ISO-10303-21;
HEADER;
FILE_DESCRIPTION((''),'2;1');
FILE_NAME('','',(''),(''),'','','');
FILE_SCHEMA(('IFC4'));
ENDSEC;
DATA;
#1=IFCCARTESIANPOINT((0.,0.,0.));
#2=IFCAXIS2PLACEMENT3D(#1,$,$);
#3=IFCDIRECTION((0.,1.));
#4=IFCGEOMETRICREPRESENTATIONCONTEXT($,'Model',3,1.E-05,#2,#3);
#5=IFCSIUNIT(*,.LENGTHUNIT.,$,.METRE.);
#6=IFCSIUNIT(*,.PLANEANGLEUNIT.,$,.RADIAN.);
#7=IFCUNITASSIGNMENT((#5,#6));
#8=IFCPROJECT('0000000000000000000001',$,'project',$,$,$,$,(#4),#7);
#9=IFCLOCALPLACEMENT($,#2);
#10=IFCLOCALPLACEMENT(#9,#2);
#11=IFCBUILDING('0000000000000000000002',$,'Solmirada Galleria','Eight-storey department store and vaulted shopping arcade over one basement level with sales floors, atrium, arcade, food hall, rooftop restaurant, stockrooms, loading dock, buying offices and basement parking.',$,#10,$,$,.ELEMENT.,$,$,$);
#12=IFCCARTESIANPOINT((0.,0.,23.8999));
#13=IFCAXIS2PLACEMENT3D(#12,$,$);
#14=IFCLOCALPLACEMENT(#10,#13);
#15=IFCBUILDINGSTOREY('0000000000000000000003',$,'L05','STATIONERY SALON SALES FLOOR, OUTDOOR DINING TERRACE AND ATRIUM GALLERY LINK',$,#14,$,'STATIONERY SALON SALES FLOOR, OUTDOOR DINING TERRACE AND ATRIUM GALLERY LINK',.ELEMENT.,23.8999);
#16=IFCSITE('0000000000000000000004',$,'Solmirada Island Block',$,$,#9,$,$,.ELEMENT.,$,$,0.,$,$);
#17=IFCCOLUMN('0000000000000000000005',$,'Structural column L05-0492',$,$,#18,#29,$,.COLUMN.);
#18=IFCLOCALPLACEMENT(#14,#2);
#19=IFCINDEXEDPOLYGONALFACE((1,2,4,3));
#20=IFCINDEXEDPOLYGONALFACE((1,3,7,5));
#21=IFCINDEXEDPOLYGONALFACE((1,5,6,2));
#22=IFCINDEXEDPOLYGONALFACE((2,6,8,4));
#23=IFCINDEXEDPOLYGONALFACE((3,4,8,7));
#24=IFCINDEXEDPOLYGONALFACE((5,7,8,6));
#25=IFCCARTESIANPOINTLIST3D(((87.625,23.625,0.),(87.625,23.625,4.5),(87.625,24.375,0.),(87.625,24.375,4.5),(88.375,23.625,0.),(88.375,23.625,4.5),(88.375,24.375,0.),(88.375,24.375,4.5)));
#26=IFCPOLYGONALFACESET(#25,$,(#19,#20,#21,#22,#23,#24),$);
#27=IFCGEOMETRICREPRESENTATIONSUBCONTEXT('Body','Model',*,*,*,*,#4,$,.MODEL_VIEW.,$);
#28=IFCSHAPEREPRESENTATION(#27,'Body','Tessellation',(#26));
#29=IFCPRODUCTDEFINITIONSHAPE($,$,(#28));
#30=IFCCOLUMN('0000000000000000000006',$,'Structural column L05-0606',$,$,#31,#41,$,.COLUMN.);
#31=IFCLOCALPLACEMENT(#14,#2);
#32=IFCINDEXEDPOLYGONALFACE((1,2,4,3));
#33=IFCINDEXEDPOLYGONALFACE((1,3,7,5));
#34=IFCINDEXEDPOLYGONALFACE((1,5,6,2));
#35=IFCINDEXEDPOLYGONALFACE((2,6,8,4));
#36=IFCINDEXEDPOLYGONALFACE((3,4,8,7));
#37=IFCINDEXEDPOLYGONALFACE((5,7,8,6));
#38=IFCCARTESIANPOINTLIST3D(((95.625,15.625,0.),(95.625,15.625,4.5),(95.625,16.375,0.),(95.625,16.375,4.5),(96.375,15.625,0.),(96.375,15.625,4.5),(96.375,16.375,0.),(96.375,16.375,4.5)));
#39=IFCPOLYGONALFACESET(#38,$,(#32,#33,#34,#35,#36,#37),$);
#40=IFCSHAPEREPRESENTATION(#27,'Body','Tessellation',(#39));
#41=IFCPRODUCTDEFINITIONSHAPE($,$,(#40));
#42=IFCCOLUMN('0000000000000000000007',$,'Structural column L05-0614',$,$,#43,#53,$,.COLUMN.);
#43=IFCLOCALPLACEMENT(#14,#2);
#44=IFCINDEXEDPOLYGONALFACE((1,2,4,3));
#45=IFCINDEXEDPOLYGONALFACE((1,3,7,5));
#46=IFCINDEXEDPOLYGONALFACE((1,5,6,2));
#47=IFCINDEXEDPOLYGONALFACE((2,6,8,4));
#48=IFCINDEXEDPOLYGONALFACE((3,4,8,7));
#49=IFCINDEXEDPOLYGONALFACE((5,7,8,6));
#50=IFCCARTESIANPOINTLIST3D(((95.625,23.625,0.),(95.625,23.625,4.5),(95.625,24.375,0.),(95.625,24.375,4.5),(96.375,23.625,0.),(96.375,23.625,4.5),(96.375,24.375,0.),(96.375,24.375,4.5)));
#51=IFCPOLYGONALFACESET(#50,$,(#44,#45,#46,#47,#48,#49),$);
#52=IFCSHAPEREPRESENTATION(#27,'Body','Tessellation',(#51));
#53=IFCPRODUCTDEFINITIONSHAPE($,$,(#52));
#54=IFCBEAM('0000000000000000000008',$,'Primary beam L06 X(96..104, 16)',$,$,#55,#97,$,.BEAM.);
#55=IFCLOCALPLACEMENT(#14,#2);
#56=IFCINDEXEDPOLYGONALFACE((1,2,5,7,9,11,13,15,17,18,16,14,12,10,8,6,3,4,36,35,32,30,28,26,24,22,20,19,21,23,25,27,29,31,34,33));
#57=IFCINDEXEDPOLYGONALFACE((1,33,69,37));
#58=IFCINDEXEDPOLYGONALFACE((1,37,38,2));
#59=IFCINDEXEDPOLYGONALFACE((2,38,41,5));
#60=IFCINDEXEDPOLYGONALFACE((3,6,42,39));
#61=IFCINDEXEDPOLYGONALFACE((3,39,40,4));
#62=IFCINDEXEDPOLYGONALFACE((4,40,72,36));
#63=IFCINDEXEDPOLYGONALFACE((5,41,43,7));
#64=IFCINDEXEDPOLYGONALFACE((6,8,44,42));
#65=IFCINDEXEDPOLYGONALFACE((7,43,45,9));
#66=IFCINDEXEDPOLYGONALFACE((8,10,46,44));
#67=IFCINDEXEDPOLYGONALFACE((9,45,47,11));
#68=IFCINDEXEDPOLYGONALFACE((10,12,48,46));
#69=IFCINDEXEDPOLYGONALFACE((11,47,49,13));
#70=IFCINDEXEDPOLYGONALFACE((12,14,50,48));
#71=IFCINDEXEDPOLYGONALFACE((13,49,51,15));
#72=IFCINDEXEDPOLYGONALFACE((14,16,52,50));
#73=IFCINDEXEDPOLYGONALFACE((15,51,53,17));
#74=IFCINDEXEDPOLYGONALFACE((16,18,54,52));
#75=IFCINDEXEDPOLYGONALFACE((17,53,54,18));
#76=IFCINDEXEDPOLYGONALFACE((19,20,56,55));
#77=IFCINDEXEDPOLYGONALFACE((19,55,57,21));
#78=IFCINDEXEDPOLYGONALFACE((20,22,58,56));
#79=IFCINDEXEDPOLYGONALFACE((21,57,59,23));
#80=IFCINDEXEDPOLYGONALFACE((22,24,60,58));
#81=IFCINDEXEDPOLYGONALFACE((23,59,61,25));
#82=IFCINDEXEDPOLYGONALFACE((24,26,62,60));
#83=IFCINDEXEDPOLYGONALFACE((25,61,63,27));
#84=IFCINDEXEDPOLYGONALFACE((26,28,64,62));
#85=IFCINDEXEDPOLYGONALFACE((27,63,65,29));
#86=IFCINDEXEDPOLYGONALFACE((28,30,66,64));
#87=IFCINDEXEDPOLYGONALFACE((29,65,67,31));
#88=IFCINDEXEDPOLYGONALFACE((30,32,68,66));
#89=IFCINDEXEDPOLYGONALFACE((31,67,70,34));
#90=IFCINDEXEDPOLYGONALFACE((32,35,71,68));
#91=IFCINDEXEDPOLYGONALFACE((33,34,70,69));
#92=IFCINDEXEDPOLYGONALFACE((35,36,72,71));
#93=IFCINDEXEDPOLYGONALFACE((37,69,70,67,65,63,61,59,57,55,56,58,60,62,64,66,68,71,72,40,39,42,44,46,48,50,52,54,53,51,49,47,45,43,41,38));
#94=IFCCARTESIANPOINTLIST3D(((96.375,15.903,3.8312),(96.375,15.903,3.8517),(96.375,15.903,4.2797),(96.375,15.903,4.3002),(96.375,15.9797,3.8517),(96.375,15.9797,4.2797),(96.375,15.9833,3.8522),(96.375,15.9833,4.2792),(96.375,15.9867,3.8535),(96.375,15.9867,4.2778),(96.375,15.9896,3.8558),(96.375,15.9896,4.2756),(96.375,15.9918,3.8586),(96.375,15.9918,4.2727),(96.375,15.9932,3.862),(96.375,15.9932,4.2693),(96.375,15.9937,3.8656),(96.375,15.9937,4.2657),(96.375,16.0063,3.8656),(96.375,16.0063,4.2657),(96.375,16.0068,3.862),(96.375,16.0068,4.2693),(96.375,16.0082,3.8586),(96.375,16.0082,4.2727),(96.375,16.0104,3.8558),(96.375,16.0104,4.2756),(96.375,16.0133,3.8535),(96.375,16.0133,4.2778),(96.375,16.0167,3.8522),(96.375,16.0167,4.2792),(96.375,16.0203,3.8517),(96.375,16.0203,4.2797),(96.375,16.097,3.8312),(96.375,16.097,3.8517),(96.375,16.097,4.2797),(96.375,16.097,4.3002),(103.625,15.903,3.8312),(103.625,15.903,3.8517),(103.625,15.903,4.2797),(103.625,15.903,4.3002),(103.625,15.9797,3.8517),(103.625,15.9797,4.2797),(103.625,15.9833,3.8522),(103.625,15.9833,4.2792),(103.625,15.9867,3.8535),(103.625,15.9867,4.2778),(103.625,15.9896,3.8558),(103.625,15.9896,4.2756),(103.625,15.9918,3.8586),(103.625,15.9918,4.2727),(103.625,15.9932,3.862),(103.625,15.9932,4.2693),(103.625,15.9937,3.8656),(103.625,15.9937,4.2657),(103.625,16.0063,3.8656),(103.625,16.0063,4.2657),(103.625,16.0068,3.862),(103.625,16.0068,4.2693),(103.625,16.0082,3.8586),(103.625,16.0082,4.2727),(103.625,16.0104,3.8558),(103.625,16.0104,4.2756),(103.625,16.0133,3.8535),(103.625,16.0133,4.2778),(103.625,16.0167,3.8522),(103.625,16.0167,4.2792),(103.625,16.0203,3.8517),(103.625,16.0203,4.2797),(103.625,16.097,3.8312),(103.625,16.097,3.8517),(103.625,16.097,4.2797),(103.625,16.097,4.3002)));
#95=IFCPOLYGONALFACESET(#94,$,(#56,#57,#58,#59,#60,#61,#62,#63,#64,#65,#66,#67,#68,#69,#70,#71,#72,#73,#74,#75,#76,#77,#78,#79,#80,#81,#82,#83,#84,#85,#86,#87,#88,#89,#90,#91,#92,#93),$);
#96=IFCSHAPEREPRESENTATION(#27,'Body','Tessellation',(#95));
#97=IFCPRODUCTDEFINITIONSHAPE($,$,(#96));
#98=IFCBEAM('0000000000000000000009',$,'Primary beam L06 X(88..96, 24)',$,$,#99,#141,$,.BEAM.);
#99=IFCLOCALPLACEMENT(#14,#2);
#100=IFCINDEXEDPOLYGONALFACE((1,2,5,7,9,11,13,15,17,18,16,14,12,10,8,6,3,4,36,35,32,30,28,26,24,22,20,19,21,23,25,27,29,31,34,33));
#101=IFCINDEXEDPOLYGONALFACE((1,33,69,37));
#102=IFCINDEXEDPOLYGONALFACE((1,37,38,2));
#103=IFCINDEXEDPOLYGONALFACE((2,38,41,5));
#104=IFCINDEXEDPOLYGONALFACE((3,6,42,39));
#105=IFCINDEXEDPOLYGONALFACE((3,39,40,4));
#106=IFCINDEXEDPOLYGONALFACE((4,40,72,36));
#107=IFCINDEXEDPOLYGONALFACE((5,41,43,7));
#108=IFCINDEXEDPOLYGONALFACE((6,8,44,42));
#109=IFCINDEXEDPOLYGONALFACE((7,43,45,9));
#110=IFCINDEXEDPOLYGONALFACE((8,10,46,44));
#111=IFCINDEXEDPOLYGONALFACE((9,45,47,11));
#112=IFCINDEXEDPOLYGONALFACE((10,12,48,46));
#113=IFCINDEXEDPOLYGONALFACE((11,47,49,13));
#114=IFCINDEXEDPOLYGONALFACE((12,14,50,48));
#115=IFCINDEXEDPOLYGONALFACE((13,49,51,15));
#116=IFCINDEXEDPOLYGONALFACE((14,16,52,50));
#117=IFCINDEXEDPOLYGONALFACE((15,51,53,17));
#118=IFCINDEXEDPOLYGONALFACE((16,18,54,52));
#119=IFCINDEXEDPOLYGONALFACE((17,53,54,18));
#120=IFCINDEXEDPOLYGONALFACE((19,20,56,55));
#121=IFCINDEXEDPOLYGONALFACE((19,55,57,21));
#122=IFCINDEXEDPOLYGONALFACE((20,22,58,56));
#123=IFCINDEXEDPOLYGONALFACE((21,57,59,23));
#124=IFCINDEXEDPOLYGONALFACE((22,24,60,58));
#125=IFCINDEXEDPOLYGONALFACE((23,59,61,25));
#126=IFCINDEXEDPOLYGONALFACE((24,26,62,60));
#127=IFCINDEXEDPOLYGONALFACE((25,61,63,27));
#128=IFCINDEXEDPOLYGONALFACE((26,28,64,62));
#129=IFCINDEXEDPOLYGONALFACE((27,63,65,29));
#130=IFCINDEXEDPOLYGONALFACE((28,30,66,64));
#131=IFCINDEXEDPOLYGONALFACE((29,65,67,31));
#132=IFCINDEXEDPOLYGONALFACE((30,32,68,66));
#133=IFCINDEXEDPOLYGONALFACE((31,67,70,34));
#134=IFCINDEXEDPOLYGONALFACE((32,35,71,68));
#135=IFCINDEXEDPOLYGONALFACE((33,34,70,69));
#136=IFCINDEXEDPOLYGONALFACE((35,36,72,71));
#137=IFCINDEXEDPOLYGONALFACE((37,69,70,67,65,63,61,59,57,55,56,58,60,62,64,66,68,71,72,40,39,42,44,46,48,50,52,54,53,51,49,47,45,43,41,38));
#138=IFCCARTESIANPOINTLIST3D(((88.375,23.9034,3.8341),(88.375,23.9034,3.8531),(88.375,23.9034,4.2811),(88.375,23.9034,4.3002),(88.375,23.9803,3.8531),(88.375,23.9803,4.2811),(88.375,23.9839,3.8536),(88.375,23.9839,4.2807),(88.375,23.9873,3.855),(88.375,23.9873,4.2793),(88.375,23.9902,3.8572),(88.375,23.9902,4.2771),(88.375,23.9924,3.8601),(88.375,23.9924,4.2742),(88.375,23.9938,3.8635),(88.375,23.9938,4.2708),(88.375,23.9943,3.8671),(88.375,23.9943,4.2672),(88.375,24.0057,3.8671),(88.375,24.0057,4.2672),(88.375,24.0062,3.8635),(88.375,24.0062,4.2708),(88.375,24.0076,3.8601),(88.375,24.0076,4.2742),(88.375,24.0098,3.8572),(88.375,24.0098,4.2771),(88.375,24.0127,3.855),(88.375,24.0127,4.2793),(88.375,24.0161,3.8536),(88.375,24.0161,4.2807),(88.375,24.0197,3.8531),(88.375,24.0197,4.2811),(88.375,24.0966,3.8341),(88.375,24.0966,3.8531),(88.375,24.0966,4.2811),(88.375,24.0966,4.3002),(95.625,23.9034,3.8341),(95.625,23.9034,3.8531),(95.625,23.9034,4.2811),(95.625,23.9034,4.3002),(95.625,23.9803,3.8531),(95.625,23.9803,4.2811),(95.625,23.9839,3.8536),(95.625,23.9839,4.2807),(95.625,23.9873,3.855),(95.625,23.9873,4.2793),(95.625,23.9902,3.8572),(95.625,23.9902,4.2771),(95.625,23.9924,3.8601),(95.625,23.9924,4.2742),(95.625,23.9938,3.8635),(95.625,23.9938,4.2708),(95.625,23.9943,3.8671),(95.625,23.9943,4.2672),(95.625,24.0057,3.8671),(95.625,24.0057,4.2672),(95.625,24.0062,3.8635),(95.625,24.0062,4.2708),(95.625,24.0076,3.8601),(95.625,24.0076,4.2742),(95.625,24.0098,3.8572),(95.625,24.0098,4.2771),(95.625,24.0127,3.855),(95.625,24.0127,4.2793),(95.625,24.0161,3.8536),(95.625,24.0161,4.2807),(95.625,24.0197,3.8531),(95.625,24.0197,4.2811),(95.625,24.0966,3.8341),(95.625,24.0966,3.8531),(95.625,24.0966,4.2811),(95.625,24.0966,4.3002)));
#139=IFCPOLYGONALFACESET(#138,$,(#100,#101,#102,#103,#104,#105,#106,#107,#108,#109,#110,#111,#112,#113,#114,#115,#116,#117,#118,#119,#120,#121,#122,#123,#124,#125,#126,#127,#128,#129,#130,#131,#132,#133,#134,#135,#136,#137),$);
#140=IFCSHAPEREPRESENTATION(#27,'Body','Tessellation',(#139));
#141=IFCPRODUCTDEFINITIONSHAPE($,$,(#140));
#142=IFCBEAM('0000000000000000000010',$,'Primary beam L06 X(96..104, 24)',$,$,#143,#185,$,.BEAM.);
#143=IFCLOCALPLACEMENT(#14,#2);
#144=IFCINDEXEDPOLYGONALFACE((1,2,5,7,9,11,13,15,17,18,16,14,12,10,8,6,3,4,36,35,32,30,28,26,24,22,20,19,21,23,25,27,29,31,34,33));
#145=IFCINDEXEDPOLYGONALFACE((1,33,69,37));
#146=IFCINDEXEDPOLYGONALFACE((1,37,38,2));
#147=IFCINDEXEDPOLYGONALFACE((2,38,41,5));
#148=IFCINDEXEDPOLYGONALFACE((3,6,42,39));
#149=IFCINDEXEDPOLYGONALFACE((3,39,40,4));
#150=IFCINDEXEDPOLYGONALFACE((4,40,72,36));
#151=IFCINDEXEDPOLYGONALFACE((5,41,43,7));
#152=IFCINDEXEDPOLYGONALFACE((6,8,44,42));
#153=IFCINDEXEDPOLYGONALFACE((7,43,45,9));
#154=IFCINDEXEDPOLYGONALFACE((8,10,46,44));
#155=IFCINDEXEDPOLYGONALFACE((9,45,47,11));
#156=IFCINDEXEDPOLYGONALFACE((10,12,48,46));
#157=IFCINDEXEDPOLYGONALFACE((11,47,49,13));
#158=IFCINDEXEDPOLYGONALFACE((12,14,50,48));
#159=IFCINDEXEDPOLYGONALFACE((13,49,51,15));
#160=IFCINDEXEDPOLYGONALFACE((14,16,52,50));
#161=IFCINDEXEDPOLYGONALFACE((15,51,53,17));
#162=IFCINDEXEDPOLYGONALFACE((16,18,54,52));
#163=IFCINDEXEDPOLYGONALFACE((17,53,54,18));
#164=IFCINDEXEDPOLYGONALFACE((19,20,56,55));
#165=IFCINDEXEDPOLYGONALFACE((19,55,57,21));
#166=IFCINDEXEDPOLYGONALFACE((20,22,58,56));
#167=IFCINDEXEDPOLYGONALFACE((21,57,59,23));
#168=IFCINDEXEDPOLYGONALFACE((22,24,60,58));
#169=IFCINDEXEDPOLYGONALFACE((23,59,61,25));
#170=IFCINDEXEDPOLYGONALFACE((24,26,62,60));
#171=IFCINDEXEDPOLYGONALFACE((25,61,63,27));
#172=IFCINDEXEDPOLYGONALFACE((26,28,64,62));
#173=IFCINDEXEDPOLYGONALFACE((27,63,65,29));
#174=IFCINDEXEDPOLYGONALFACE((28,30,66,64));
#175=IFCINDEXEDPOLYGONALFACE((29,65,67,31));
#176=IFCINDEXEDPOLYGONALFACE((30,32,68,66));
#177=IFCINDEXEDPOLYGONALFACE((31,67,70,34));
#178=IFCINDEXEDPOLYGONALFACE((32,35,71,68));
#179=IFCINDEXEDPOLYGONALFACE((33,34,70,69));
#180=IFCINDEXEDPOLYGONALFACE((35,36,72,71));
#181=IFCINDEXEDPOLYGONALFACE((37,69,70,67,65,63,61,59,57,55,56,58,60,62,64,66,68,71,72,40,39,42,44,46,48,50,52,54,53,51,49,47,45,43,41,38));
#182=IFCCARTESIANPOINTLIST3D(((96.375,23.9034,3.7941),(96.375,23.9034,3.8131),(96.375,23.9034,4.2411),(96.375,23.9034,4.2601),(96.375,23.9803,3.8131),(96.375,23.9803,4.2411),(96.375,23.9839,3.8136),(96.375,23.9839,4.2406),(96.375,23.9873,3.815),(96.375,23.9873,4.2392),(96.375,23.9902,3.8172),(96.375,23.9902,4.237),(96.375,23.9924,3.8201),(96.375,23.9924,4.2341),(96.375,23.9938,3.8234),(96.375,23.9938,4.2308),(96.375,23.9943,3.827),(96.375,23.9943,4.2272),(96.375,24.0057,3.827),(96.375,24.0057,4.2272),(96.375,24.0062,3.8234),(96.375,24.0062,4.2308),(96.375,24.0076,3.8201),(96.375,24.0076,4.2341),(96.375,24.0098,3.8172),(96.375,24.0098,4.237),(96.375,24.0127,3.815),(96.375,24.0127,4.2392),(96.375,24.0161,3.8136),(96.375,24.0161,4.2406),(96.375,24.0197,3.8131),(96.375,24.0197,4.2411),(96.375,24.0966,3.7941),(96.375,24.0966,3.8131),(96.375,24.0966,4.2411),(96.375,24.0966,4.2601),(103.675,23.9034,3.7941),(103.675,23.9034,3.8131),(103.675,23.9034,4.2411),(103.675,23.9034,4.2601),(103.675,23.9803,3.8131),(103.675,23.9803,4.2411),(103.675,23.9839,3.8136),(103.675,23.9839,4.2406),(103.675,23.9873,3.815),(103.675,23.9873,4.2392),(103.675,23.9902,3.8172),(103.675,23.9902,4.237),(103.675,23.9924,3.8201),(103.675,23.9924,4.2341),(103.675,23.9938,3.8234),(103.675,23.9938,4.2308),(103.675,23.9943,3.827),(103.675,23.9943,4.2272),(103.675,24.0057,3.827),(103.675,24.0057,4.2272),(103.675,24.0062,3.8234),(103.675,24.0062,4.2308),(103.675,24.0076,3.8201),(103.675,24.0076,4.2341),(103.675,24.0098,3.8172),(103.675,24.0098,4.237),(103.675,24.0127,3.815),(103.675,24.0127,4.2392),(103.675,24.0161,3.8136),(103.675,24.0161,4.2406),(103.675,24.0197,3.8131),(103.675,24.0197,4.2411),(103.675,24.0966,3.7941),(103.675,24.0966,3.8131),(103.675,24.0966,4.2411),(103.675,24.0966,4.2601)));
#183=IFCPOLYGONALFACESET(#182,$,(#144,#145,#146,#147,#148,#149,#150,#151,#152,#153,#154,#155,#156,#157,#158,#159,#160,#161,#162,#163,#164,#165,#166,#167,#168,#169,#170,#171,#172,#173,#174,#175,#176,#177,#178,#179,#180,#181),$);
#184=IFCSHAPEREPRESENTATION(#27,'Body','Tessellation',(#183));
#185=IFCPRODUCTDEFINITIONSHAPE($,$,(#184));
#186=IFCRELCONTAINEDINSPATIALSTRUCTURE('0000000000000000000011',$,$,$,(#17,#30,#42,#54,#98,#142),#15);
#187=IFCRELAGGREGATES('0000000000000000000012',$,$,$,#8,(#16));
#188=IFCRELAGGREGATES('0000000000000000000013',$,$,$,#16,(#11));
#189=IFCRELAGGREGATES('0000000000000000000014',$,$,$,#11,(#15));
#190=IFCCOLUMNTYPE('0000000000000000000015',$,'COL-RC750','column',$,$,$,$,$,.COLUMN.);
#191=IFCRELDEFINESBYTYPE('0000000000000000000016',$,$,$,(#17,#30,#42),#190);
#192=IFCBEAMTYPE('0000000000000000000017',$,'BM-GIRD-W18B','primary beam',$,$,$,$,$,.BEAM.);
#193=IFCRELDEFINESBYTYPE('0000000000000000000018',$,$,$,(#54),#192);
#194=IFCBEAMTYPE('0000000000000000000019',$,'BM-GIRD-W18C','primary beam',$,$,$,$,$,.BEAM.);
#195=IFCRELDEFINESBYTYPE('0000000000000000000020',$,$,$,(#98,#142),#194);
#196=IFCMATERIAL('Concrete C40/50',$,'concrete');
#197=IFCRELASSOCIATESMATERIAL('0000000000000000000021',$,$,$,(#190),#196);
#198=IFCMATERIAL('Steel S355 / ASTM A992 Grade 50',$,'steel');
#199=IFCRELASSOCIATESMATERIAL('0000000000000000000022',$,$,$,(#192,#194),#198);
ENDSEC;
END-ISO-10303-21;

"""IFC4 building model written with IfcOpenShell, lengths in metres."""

from ifc_helpers import new_model, si_unit, direction, frame, origin, origin_2d, place, context, subcontext, project, spatial, rectangle, i_section, extrude, material, material_profile, profile_set, type_object, element, save


model = new_model("IFC4")

# Units and contexts
model_context = context("Model", 3, precision=1e-05, world=origin(), true_north=direction((0.0, 1.0)))
body_context = subcontext(model_context, "Body", "Model", "MODEL_VIEW")
ifc_project = project(units=[si_unit("LENGTHUNIT", "METRE"), si_unit("PLANEANGLEUNIT", "RADIAN")], contexts=[model_context])

# Site, building, storey
site_placement = place(None, origin())
site = spatial("IfcSite", under=ifc_project, at=site_placement, Name="Solmirada Island Block", CompositionType="ELEMENT", RefElevation=0.0)
building_placement = place(site_placement, origin())
building = spatial("IfcBuilding", under=site, at=building_placement, Name="Solmirada Galleria", Description="Eight-storey department store and vaulted shopping arcade over one basement level with sales floors, atrium, arcade, food hall, rooftop restaurant, stockrooms, loading dock, buying offices and basement parking.", CompositionType="ELEMENT")
storey_placement = place(building_placement, frame((0.0, 0.0, 23.8999)))
storey = spatial("IfcBuildingStorey", under=building, at=storey_placement, Name="L05", Description="STATIONERY SALON SALES FLOOR, OUTDOOR DINING TERRACE AND ATRIUM GALLERY LINK", LongName="STATIONERY SALON SALES FLOOR, OUTDOOR DINING TERRACE AND ATRIUM GALLERY LINK", CompositionType="ELEMENT", Elevation=23.8999)

# Columns
ifc_material_1 = material(Name="Concrete C40/50", Category="concrete")
ifc_material_profile_1 = material_profile(ifc_material_1, rectangle(XDim=0.75, YDim=0.75, at=origin_2d()), Name="RC750X750")
ifc_profile_set_1 = profile_set([ifc_material_profile_1], Name="Concrete C40/50")
column_type = type_object("IfcColumnType", Name="COL-RC750", Description="column", PredefinedType="COLUMN", material=ifc_profile_set_1)
for number, where, z_axis, x_axis, name in (
    (1, (88.0, 24.0, 0.0), (0.0, 0.0, 1.0), (1.0, 0.0, 0.0), "Structural column L05-0492"),
    (2, (96.0, 16.0, 0.0), (0.0, 0.0, 1.0), (1.0, 0.0, 0.0), "Structural column L05-0606"),
    (3, (96.0, 24.0, 0.0), (0.0, 0.0, 1.0), (1.0, 0.0, 0.0), "Structural column L05-0614"),
):
    element("IfcColumn", number, at=place(storey_placement, frame(where, z_axis=z_axis, x_axis=x_axis)), inside=storey, type_object=column_type, Name=name, PredefinedType="COLUMN", context=body_context, shape_type="SweptSolid", body=[
        extrude(rectangle(XDim=0.75, YDim=0.75, at=origin_2d()), origin(), (0.0, 0.0, 1.0), 4.5),
    ])

# Beams
ifc_material_2 = material(Name="Steel S355 / ASTM A992 Grade 50", Category="steel")
ifc_material_profile_2 = material_profile(ifc_material_2, i_section(OverallWidth=0.1941, OverallDepth=0.469, WebThickness=0.0127, FlangeThickness=0.0205, FilletRadius=0.0139, at=origin_2d()), Name="W18X71")
ifc_profile_set_2 = profile_set([ifc_material_profile_2], Name="Steel S355 / ASTM A992 Grade 50")
beam_type_1 = type_object("IfcBeamType", Name="BM-GIRD-W18B", Description="primary beam", PredefinedType="BEAM", material=ifc_profile_set_2)
beam_1_placement = place(storey_placement, frame((96.375, 16.0, 4.0657), z_axis=(1.0, 0.0, 0.0), x_axis=(0.0, 1.0, 0.0)))
element("IfcBeam", 4, at=beam_1_placement, inside=storey, type_object=beam_type_1, Name="Primary beam L06 X(96..104, 16)", PredefinedType="BEAM", context=body_context, shape_type="SweptSolid", body=[
    extrude(i_section(OverallWidth=0.1941, OverallDepth=0.469, WebThickness=0.0127, FlangeThickness=0.0205, FilletRadius=0.0139, at=origin_2d()), origin(), (0.0, 0.0, 1.0), 7.25),
])
ifc_material_profile_3 = material_profile(ifc_material_2, i_section(OverallWidth=0.1931, OverallDepth=0.4661, WebThickness=0.0115, FlangeThickness=0.019, FilletRadius=0.0139, at=origin_2d()), Name="W18X65")
ifc_profile_set_3 = profile_set([ifc_material_profile_3], Name="Steel S355 / ASTM A992 Grade 50")
beam_type_2 = type_object("IfcBeamType", Name="BM-GIRD-W18C", Description="primary beam", PredefinedType="BEAM", material=ifc_profile_set_3)
beam_2_placement = place(storey_placement, frame((88.375, 24.0, 4.0671), z_axis=(1.0, 0.0, 0.0), x_axis=(0.0, 1.0, 0.0)))
element("IfcBeam", 5, at=beam_2_placement, inside=storey, type_object=beam_type_2, Name="Primary beam L06 X(88..96, 24)", PredefinedType="BEAM", context=body_context, shape_type="SweptSolid", body=[
    extrude(i_section(OverallWidth=0.1931, OverallDepth=0.4661, WebThickness=0.0115, FlangeThickness=0.019, FilletRadius=0.0139, at=origin_2d()), origin(), (0.0, 0.0, 1.0), 7.25),
])
beam_3_placement = place(storey_placement, frame((96.375, 24.0, 4.0271), z_axis=(1.0, 0.0, 0.0), x_axis=(0.0, 1.0, 0.0)))
element("IfcBeam", 6, at=beam_3_placement, inside=storey, type_object=beam_type_2, Name="Primary beam L06 X(96..104, 24)", PredefinedType="BEAM", context=body_context, shape_type="SweptSolid", body=[
    extrude(i_section(OverallWidth=0.1931, OverallDepth=0.4661, WebThickness=0.0115, FlangeThickness=0.019, FilletRadius=0.0139, at=origin_2d()), origin(), (0.0, 0.0, 1.0), 7.3),
])

save(model, "model.ifc")
